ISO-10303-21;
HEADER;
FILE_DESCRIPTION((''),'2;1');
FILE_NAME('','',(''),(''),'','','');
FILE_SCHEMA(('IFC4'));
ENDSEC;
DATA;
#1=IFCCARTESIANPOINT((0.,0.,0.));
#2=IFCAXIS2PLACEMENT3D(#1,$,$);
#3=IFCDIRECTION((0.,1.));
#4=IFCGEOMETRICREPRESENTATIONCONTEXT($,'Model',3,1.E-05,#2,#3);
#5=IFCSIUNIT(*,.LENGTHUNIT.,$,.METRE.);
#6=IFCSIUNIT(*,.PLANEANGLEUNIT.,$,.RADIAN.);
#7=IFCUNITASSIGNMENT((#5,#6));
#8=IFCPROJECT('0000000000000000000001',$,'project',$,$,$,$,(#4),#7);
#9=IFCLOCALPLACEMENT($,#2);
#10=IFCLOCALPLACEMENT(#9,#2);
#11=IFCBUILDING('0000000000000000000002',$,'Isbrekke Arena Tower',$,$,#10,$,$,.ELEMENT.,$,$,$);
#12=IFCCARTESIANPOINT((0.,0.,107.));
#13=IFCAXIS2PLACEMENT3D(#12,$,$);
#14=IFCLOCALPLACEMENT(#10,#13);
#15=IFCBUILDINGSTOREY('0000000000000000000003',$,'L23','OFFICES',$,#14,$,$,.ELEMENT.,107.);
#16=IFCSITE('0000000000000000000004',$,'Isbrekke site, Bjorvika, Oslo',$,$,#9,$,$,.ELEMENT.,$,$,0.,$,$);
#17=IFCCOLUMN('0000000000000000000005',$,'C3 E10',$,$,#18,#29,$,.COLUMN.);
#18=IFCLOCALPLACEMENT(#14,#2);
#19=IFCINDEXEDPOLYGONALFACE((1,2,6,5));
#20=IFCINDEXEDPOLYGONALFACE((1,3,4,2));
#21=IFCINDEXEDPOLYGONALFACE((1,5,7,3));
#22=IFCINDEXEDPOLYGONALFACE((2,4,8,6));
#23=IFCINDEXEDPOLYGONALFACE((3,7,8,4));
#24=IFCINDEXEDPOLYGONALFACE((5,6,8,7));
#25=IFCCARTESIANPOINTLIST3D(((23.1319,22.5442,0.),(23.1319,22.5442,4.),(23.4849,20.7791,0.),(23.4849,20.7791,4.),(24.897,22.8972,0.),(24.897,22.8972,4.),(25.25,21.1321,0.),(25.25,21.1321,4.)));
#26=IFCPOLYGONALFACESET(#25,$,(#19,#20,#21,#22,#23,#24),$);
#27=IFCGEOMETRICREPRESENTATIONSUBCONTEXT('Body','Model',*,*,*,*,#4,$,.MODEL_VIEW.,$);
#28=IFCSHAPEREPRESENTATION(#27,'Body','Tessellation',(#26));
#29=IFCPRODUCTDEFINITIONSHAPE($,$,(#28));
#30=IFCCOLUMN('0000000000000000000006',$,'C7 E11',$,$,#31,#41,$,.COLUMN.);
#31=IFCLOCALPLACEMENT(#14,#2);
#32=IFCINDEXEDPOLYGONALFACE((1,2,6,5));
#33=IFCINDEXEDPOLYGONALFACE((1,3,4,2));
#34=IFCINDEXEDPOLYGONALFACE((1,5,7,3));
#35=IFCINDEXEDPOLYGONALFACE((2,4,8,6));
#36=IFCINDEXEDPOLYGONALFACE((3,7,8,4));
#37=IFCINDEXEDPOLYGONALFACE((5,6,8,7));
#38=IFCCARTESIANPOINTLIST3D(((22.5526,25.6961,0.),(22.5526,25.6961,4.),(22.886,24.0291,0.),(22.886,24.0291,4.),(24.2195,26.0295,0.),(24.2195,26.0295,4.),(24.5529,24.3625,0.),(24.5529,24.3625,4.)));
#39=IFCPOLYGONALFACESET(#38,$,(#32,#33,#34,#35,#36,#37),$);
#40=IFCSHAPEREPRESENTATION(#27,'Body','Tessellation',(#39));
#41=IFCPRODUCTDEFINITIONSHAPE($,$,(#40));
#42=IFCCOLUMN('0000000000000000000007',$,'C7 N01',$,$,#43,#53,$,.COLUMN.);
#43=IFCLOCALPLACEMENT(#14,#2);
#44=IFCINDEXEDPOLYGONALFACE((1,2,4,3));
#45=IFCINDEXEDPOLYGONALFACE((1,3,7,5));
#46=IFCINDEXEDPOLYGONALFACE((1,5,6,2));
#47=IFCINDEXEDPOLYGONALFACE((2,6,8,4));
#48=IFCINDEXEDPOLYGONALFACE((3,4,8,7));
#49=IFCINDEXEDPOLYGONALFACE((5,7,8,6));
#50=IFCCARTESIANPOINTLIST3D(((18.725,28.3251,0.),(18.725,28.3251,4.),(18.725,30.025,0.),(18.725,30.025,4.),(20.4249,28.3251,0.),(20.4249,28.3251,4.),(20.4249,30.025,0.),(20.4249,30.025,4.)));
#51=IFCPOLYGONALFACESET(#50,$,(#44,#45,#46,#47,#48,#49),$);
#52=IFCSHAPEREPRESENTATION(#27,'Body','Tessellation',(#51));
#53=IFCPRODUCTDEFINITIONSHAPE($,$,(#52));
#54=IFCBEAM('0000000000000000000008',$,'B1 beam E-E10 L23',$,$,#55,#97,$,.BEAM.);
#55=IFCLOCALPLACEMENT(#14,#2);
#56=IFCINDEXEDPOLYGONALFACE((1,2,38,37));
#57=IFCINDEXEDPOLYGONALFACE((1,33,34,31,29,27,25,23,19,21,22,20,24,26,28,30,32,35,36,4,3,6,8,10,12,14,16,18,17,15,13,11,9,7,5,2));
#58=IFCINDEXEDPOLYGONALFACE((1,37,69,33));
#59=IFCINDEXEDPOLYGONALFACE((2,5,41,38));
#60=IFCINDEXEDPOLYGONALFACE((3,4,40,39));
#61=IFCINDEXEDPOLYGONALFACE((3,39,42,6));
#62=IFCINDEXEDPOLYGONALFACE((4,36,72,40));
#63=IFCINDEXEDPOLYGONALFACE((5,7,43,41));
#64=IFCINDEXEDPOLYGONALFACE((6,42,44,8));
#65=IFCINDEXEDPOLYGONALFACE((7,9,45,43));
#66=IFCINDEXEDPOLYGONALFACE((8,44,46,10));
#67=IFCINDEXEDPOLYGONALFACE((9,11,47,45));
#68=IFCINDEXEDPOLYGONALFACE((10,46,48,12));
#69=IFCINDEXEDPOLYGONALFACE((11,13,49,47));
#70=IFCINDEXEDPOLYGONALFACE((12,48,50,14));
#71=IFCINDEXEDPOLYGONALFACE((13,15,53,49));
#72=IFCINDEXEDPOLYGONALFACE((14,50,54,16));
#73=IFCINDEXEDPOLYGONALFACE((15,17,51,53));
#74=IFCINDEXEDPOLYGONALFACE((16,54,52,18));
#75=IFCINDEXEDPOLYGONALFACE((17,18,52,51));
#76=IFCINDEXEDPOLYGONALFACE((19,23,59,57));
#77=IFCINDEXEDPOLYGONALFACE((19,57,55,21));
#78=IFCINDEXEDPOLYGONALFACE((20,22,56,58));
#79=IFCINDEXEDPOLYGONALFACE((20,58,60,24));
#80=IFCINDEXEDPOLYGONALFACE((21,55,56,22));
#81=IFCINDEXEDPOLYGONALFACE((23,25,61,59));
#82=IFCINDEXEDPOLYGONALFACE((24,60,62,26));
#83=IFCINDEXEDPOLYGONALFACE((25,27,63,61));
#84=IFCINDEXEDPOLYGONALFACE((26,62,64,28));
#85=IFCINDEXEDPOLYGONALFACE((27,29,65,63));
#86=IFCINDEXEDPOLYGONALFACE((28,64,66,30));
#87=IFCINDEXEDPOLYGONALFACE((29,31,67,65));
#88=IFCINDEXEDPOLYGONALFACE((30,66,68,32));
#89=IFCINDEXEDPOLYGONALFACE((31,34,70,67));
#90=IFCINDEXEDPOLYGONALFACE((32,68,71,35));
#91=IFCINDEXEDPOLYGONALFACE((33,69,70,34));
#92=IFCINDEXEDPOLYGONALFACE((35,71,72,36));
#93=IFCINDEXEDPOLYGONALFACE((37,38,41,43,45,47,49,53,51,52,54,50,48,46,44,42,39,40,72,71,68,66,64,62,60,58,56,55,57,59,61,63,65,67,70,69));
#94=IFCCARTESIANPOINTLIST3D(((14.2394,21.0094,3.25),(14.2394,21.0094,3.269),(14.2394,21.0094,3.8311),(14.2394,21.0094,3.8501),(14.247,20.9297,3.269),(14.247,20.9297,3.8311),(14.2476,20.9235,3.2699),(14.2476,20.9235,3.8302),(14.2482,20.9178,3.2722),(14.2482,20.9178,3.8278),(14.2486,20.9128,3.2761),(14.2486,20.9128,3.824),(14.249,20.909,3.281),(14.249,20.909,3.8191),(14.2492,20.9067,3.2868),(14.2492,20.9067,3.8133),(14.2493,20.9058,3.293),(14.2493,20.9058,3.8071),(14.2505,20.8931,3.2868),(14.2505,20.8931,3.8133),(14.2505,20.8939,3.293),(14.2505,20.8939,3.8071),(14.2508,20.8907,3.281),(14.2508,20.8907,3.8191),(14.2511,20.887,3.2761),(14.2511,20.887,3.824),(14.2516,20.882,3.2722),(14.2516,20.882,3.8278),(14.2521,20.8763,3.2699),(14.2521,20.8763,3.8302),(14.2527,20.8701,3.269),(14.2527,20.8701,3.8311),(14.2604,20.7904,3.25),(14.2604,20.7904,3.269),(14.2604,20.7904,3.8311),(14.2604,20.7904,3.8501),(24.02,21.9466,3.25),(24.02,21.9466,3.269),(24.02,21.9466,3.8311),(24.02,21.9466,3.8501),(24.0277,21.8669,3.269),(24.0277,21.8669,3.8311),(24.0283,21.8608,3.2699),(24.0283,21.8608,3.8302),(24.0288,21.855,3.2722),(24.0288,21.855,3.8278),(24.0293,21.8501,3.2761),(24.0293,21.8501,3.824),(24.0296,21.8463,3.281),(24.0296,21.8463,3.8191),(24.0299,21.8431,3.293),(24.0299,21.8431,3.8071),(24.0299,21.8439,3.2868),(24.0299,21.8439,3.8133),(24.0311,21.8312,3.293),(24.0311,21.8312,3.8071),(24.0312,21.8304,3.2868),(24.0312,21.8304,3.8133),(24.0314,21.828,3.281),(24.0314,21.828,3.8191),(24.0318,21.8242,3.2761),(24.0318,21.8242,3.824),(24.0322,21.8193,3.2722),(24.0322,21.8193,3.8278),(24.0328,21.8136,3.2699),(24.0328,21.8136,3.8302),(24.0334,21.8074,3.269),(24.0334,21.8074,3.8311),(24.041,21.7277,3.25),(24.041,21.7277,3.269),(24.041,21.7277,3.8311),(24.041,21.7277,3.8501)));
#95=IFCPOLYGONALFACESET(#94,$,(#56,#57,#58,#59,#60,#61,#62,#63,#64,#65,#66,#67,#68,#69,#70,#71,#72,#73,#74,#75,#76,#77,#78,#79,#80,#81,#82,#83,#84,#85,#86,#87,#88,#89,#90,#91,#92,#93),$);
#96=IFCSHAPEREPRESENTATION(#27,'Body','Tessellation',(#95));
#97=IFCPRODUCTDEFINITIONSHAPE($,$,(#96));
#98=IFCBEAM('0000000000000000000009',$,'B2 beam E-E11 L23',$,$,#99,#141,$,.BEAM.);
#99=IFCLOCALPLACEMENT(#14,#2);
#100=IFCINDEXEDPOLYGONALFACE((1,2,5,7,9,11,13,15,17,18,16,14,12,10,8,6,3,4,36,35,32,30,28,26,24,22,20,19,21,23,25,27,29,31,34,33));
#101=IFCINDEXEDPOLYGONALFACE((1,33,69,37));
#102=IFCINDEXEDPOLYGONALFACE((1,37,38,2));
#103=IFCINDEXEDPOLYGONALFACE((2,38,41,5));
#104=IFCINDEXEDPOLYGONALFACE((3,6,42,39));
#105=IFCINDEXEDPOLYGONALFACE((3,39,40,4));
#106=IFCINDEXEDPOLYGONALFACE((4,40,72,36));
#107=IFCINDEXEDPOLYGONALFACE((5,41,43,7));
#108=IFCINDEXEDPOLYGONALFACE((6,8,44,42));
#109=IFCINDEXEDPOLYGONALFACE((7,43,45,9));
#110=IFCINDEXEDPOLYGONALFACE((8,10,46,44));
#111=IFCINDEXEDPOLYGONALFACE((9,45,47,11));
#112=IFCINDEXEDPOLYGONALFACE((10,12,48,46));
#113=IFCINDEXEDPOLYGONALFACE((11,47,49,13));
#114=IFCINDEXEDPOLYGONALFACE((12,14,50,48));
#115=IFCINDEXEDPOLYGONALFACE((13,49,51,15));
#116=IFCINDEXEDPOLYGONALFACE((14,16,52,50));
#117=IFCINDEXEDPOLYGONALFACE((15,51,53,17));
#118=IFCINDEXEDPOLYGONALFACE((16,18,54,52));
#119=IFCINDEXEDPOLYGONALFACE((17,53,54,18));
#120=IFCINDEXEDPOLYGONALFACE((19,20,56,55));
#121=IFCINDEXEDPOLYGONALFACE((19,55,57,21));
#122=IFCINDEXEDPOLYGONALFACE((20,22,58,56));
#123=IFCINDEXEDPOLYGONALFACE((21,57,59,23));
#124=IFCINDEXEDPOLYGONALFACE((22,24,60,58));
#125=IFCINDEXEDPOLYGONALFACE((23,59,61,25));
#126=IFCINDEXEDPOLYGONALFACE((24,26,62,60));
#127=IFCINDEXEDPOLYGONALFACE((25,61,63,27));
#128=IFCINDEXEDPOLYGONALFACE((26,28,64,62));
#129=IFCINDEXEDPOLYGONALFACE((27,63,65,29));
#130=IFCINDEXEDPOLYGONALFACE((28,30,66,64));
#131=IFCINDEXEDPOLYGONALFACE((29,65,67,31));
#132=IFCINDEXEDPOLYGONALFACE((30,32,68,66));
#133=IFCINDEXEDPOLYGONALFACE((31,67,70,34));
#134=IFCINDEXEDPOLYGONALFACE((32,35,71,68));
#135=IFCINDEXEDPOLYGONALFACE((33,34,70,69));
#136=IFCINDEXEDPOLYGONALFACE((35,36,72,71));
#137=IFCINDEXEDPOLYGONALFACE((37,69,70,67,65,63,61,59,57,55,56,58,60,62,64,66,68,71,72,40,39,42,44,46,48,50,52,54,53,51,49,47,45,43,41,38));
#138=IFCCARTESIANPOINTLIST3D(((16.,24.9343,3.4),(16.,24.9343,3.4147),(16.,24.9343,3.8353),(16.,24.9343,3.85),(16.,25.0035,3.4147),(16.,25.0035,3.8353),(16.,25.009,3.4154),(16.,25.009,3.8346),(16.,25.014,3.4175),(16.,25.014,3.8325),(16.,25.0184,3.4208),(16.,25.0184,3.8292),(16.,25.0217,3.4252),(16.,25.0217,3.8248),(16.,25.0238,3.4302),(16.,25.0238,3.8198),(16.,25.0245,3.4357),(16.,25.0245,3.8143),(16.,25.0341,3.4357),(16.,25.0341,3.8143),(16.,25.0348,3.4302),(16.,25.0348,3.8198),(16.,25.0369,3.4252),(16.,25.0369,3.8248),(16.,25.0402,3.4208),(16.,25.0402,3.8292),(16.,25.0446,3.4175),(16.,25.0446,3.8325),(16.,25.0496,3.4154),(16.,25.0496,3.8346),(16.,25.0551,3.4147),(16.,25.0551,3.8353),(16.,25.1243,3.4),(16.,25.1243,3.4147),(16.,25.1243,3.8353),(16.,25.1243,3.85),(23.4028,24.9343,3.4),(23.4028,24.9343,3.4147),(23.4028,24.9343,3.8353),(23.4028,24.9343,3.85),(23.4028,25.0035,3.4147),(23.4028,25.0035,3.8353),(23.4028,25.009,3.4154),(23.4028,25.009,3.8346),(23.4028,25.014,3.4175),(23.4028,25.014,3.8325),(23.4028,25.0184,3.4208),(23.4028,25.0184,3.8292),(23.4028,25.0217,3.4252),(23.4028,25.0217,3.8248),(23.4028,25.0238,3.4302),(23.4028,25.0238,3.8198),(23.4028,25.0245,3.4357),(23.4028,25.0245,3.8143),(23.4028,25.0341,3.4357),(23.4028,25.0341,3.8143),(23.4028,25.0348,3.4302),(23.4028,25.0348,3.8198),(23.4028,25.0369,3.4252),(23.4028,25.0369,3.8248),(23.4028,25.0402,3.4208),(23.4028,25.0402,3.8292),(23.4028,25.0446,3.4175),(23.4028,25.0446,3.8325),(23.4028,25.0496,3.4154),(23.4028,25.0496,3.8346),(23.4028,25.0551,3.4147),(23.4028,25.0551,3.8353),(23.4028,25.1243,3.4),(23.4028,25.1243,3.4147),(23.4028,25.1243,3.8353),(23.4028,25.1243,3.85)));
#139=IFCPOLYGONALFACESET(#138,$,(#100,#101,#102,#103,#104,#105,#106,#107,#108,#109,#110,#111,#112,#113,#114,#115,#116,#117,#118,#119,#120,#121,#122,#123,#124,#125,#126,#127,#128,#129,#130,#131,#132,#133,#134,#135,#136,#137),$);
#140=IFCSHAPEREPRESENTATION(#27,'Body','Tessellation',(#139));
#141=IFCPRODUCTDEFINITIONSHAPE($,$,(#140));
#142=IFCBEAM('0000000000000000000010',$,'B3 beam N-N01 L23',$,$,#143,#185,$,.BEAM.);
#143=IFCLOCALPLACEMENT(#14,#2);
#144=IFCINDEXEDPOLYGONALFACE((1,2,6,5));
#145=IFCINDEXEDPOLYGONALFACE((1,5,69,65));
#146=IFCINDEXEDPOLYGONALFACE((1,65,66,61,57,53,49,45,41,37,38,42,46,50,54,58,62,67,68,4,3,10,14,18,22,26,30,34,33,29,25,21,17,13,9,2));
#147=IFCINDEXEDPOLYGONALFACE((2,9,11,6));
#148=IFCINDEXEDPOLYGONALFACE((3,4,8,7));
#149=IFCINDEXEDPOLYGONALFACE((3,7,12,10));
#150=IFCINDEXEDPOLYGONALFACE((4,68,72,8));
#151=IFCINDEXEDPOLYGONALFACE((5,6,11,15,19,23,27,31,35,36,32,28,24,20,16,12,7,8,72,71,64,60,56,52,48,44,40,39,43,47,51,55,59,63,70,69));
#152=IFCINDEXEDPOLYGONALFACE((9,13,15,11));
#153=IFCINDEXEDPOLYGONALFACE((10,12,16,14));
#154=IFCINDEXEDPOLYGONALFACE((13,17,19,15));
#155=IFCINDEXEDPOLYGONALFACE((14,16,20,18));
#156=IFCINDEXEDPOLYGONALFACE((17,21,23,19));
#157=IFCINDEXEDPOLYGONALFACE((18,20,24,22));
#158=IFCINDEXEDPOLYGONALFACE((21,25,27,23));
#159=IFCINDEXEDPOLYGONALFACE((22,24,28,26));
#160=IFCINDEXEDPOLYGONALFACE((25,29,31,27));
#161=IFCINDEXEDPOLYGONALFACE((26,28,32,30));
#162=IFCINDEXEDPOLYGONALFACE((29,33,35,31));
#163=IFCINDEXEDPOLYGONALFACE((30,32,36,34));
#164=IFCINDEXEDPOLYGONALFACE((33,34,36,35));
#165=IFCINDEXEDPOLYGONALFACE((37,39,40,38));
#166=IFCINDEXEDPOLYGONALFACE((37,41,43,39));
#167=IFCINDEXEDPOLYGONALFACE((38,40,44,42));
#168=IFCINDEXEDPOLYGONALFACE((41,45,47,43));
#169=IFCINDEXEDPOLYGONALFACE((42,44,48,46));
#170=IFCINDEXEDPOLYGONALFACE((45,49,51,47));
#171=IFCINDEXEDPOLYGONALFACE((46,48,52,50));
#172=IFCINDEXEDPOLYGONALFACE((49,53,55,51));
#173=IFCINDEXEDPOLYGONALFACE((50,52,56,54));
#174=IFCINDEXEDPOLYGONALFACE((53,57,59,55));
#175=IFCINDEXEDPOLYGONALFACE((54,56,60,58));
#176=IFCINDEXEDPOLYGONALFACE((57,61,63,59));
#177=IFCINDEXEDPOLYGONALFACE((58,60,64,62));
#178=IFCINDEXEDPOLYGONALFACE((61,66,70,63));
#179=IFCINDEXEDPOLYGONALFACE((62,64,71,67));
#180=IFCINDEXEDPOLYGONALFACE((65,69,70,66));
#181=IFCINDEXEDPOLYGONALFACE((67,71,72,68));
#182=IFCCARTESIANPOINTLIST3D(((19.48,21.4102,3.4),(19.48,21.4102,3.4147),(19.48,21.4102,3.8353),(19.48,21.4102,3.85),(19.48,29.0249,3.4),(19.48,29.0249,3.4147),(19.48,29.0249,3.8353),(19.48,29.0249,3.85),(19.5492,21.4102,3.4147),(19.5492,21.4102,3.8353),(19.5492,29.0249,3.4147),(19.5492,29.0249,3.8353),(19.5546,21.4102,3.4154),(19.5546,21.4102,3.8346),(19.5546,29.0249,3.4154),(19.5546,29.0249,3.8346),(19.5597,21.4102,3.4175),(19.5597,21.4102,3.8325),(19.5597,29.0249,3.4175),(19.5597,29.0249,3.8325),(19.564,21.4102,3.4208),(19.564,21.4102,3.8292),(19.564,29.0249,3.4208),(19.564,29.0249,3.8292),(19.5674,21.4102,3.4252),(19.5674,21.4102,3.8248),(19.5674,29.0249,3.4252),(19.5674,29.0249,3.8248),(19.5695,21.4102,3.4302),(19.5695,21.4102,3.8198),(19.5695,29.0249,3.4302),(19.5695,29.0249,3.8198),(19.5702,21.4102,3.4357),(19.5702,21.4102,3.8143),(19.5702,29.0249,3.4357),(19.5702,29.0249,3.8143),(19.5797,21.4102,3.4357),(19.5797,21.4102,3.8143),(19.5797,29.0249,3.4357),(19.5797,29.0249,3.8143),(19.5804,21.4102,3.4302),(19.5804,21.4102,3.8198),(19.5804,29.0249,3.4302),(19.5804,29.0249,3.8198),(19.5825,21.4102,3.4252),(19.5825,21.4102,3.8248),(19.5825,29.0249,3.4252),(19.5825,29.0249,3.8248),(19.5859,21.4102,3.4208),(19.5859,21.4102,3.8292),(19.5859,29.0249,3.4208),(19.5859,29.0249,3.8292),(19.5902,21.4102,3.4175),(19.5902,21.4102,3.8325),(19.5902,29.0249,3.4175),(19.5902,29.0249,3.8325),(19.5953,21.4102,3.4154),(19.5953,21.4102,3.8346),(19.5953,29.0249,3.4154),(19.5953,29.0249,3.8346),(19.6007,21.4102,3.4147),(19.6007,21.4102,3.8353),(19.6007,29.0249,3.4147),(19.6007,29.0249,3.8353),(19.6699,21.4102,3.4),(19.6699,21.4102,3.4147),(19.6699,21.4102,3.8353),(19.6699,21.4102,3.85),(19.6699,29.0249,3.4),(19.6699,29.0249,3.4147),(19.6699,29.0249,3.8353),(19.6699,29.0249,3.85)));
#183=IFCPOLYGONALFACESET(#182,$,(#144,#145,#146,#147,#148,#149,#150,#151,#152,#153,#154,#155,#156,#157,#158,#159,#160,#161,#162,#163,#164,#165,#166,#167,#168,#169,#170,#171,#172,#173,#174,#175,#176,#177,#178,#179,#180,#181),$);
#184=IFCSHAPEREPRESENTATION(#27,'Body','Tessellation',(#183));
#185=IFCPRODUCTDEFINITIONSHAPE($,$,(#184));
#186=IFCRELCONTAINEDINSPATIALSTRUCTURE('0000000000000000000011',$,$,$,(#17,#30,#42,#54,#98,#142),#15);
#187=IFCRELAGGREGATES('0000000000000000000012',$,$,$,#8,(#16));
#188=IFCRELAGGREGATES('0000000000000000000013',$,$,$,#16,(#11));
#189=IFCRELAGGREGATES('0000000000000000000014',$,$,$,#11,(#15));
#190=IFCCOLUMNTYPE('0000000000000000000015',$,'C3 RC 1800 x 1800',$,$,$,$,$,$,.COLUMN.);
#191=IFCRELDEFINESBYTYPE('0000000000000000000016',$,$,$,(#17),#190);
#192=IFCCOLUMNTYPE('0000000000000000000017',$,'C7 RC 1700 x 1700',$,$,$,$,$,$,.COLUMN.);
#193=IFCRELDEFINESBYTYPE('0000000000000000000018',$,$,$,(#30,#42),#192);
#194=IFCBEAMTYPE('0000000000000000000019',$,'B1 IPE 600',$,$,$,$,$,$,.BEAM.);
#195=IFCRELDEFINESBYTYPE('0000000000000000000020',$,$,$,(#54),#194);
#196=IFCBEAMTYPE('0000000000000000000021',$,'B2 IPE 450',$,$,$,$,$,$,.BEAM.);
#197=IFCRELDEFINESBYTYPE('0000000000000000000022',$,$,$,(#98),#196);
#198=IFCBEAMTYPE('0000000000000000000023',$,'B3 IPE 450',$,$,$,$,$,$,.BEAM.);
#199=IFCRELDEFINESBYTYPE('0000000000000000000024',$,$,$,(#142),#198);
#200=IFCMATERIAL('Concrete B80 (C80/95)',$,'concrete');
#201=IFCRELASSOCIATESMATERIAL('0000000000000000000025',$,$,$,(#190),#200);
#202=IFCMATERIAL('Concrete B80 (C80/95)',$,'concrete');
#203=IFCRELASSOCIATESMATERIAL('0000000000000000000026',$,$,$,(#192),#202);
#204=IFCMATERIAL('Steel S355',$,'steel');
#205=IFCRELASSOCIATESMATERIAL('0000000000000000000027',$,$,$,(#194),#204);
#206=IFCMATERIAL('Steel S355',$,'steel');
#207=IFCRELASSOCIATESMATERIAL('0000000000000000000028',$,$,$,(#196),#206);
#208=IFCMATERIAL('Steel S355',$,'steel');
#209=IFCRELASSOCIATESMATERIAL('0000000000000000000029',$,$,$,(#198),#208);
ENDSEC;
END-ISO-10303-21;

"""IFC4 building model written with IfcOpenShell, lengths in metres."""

from ifc_helpers import new_model, si_unit, direction, frame, origin, origin_2d, place, context, subcontext, project, spatial, rectangle, i_section, extrude, material, material_profile, profile_set, type_object, element, save


model = new_model("IFC4")

# Units and contexts
model_context = context("Model", 3, precision=1e-05, world=origin(), true_north=direction((0.0, 1.0)))
body_context = subcontext(model_context, "Body", "Model", "MODEL_VIEW")
ifc_project = project(units=[si_unit("LENGTHUNIT", "METRE"), si_unit("PLANEANGLEUNIT", "RADIAN")], contexts=[model_context])

# Site, building, storey
site_placement = place(None, origin())
site = spatial("IfcSite", under=ifc_project, at=site_placement, Name="Isbrekke site, Bjorvika, Oslo", CompositionType="ELEMENT", RefElevation=0.0)
building_placement = place(site_placement, origin())
building = spatial("IfcBuilding", under=site, at=building_placement, Name="Isbrekke Arena Tower", CompositionType="ELEMENT")
storey_placement = place(building_placement, frame((0.0, 0.0, 107.0)))
storey = spatial("IfcBuildingStorey", under=building, at=storey_placement, Name="L23", Description="OFFICES", CompositionType="ELEMENT", Elevation=107.0)

# Columns
ifc_material_1 = material(Name="Concrete B80 (C80/95)", Category="concrete")
ifc_material_profile_1 = material_profile(ifc_material_1, rectangle(XDim=1.8, YDim=1.8, at=origin_2d()), Name="RC 1800x1800")
ifc_profile_set_1 = profile_set([ifc_material_profile_1], Name="Concrete B80 (C80/95)")
column_type_1 = type_object("IfcColumnType", Name="C3 RC 1800 x 1800", PredefinedType="COLUMN", material=ifc_profile_set_1)
column_placement = place(storey_placement, frame((24.1909, 21.8381, 0.0), z_axis=(0.0, 0.0, 1.0), x_axis=(-0.196116, 0.980581, 0.0)))
element("IfcColumn", 1, at=column_placement, inside=storey, type_object=column_type_1, Name="C3 E10", PredefinedType="COLUMN", context=body_context, shape_type="SweptSolid", body=[
    extrude(rectangle(XDim=1.8, YDim=1.8, at=origin_2d()), origin(), (0.0, 0.0, 1.0), 4.0),
])
ifc_material_2 = material(Name="Concrete B80 (C80/95)", Category="concrete")
ifc_material_profile_2 = material_profile(ifc_material_2, rectangle(XDim=1.7, YDim=1.7, at=origin_2d()), Name="RC 1700x1700")
ifc_profile_set_2 = profile_set([ifc_material_profile_2], Name="Concrete B80 (C80/95)")
column_type_2 = type_object("IfcColumnType", Name="C7 RC 1700 x 1700", PredefinedType="COLUMN", material=ifc_profile_set_2)
for number, where, z_axis, x_axis, name in (
    (2, (23.5527, 25.0293, 0.0), (0.0, 0.0, 1.0), (-0.196116, 0.980581, 0.0), "C7 E11"),
    (3, (19.575, 29.175, 0.0), (0.0, 0.0, 1.0), (-1.0, 0.0, 0.0), "C7 N01"),
):
    element("IfcColumn", number, at=place(storey_placement, frame(where, z_axis=z_axis, x_axis=x_axis)), inside=storey, type_object=column_type_2, Name=name, PredefinedType="COLUMN", context=body_context, shape_type="SweptSolid", body=[
        extrude(rectangle(XDim=1.7, YDim=1.7, at=origin_2d()), origin(), (0.0, 0.0, 1.0), 4.0),
    ])

# Beams
ifc_material_3 = material(Name="Steel S355", Category="steel")
ifc_material_profile_3 = material_profile(ifc_material_3, i_section(OverallWidth=0.22, OverallDepth=0.6001, WebThickness=0.012, FlangeThickness=0.019, FilletRadius=0.0239, at=origin_2d()), Name="IPE 600")
ifc_profile_set_3 = profile_set([ifc_material_profile_3], Name="Steel S355")
beam_type_1 = type_object("IfcBeamType", Name="B1 IPE 600", PredefinedType="BEAM", material=ifc_profile_set_3)
beam_1_placement = place(storey_placement, frame((24.0305, 21.8372, 3.55), z_axis=(-0.99544, -0.095392, 0.0), x_axis=(0.095392, -0.99544, 0.0)))
element("IfcBeam", 4, at=beam_1_placement, inside=storey, type_object=beam_type_1, Name="B1 beam E-E10 L23", PredefinedType="BEAM", context=body_context, shape_type="SweptSolid", body=[
    extrude(i_section(OverallWidth=0.22, OverallDepth=0.6001, WebThickness=0.012, FlangeThickness=0.019, FilletRadius=0.0239, at=origin_2d()), origin(), (0.0, 0.0, 1.0), 9.8254),
])
ifc_material_4 = material(Name="Steel S355", Category="steel")
ifc_material_profile_4 = material_profile(ifc_material_4, i_section(OverallWidth=0.1899, OverallDepth=0.45, WebThickness=0.0095, FlangeThickness=0.0146, FilletRadius=0.021, at=origin_2d()), Name="IPE 450")
ifc_profile_set_4 = profile_set([ifc_material_profile_4], Name="Steel S355")
beam_type_2 = type_object("IfcBeamType", Name="B2 IPE 450", PredefinedType="BEAM", material=ifc_profile_set_4)
beam_2_placement = place(storey_placement, frame((23.4028, 25.0293, 3.625), z_axis=(-1.0, 0.0, 0.0), x_axis=(0.0, -1.0, 0.0)))
element("IfcBeam", 5, at=beam_2_placement, inside=storey, type_object=beam_type_2, Name="B2 beam E-E11 L23", PredefinedType="BEAM", context=body_context, shape_type="SweptSolid", body=[
    extrude(i_section(OverallWidth=0.1899, OverallDepth=0.45, WebThickness=0.0095, FlangeThickness=0.0146, FilletRadius=0.021, at=origin_2d()), origin(), (0.0, 0.0, 1.0), 7.4028),
])
ifc_material_5 = material(Name="Steel S355", Category="steel")
ifc_material_profile_5 = material_profile(ifc_material_5, i_section(OverallWidth=0.1899, OverallDepth=0.45, WebThickness=0.0095, FlangeThickness=0.0146, FilletRadius=0.021, at=origin_2d()), Name="IPE 450")
ifc_profile_set_5 = profile_set([ifc_material_profile_5], Name="Steel S355")
beam_type_3 = type_object("IfcBeamType", Name="B3 IPE 450", PredefinedType="BEAM", material=ifc_profile_set_5)
beam_3_placement = place(storey_placement, frame((19.575, 29.0249, 3.625), z_axis=(0.0, -1.0, 0.0), x_axis=(1.0, 0.0, 0.0)))
element("IfcBeam", 6, at=beam_3_placement, inside=storey, type_object=beam_type_3, Name="B3 beam N-N01 L23", PredefinedType="BEAM", context=body_context, shape_type="SweptSolid", body=[
    extrude(i_section(OverallWidth=0.1899, OverallDepth=0.45, WebThickness=0.0095, FlangeThickness=0.0146, FilletRadius=0.021, at=origin_2d()), origin(), (0.0, 0.0, 1.0), 7.6147),
])

save(model, "model.ifc")
